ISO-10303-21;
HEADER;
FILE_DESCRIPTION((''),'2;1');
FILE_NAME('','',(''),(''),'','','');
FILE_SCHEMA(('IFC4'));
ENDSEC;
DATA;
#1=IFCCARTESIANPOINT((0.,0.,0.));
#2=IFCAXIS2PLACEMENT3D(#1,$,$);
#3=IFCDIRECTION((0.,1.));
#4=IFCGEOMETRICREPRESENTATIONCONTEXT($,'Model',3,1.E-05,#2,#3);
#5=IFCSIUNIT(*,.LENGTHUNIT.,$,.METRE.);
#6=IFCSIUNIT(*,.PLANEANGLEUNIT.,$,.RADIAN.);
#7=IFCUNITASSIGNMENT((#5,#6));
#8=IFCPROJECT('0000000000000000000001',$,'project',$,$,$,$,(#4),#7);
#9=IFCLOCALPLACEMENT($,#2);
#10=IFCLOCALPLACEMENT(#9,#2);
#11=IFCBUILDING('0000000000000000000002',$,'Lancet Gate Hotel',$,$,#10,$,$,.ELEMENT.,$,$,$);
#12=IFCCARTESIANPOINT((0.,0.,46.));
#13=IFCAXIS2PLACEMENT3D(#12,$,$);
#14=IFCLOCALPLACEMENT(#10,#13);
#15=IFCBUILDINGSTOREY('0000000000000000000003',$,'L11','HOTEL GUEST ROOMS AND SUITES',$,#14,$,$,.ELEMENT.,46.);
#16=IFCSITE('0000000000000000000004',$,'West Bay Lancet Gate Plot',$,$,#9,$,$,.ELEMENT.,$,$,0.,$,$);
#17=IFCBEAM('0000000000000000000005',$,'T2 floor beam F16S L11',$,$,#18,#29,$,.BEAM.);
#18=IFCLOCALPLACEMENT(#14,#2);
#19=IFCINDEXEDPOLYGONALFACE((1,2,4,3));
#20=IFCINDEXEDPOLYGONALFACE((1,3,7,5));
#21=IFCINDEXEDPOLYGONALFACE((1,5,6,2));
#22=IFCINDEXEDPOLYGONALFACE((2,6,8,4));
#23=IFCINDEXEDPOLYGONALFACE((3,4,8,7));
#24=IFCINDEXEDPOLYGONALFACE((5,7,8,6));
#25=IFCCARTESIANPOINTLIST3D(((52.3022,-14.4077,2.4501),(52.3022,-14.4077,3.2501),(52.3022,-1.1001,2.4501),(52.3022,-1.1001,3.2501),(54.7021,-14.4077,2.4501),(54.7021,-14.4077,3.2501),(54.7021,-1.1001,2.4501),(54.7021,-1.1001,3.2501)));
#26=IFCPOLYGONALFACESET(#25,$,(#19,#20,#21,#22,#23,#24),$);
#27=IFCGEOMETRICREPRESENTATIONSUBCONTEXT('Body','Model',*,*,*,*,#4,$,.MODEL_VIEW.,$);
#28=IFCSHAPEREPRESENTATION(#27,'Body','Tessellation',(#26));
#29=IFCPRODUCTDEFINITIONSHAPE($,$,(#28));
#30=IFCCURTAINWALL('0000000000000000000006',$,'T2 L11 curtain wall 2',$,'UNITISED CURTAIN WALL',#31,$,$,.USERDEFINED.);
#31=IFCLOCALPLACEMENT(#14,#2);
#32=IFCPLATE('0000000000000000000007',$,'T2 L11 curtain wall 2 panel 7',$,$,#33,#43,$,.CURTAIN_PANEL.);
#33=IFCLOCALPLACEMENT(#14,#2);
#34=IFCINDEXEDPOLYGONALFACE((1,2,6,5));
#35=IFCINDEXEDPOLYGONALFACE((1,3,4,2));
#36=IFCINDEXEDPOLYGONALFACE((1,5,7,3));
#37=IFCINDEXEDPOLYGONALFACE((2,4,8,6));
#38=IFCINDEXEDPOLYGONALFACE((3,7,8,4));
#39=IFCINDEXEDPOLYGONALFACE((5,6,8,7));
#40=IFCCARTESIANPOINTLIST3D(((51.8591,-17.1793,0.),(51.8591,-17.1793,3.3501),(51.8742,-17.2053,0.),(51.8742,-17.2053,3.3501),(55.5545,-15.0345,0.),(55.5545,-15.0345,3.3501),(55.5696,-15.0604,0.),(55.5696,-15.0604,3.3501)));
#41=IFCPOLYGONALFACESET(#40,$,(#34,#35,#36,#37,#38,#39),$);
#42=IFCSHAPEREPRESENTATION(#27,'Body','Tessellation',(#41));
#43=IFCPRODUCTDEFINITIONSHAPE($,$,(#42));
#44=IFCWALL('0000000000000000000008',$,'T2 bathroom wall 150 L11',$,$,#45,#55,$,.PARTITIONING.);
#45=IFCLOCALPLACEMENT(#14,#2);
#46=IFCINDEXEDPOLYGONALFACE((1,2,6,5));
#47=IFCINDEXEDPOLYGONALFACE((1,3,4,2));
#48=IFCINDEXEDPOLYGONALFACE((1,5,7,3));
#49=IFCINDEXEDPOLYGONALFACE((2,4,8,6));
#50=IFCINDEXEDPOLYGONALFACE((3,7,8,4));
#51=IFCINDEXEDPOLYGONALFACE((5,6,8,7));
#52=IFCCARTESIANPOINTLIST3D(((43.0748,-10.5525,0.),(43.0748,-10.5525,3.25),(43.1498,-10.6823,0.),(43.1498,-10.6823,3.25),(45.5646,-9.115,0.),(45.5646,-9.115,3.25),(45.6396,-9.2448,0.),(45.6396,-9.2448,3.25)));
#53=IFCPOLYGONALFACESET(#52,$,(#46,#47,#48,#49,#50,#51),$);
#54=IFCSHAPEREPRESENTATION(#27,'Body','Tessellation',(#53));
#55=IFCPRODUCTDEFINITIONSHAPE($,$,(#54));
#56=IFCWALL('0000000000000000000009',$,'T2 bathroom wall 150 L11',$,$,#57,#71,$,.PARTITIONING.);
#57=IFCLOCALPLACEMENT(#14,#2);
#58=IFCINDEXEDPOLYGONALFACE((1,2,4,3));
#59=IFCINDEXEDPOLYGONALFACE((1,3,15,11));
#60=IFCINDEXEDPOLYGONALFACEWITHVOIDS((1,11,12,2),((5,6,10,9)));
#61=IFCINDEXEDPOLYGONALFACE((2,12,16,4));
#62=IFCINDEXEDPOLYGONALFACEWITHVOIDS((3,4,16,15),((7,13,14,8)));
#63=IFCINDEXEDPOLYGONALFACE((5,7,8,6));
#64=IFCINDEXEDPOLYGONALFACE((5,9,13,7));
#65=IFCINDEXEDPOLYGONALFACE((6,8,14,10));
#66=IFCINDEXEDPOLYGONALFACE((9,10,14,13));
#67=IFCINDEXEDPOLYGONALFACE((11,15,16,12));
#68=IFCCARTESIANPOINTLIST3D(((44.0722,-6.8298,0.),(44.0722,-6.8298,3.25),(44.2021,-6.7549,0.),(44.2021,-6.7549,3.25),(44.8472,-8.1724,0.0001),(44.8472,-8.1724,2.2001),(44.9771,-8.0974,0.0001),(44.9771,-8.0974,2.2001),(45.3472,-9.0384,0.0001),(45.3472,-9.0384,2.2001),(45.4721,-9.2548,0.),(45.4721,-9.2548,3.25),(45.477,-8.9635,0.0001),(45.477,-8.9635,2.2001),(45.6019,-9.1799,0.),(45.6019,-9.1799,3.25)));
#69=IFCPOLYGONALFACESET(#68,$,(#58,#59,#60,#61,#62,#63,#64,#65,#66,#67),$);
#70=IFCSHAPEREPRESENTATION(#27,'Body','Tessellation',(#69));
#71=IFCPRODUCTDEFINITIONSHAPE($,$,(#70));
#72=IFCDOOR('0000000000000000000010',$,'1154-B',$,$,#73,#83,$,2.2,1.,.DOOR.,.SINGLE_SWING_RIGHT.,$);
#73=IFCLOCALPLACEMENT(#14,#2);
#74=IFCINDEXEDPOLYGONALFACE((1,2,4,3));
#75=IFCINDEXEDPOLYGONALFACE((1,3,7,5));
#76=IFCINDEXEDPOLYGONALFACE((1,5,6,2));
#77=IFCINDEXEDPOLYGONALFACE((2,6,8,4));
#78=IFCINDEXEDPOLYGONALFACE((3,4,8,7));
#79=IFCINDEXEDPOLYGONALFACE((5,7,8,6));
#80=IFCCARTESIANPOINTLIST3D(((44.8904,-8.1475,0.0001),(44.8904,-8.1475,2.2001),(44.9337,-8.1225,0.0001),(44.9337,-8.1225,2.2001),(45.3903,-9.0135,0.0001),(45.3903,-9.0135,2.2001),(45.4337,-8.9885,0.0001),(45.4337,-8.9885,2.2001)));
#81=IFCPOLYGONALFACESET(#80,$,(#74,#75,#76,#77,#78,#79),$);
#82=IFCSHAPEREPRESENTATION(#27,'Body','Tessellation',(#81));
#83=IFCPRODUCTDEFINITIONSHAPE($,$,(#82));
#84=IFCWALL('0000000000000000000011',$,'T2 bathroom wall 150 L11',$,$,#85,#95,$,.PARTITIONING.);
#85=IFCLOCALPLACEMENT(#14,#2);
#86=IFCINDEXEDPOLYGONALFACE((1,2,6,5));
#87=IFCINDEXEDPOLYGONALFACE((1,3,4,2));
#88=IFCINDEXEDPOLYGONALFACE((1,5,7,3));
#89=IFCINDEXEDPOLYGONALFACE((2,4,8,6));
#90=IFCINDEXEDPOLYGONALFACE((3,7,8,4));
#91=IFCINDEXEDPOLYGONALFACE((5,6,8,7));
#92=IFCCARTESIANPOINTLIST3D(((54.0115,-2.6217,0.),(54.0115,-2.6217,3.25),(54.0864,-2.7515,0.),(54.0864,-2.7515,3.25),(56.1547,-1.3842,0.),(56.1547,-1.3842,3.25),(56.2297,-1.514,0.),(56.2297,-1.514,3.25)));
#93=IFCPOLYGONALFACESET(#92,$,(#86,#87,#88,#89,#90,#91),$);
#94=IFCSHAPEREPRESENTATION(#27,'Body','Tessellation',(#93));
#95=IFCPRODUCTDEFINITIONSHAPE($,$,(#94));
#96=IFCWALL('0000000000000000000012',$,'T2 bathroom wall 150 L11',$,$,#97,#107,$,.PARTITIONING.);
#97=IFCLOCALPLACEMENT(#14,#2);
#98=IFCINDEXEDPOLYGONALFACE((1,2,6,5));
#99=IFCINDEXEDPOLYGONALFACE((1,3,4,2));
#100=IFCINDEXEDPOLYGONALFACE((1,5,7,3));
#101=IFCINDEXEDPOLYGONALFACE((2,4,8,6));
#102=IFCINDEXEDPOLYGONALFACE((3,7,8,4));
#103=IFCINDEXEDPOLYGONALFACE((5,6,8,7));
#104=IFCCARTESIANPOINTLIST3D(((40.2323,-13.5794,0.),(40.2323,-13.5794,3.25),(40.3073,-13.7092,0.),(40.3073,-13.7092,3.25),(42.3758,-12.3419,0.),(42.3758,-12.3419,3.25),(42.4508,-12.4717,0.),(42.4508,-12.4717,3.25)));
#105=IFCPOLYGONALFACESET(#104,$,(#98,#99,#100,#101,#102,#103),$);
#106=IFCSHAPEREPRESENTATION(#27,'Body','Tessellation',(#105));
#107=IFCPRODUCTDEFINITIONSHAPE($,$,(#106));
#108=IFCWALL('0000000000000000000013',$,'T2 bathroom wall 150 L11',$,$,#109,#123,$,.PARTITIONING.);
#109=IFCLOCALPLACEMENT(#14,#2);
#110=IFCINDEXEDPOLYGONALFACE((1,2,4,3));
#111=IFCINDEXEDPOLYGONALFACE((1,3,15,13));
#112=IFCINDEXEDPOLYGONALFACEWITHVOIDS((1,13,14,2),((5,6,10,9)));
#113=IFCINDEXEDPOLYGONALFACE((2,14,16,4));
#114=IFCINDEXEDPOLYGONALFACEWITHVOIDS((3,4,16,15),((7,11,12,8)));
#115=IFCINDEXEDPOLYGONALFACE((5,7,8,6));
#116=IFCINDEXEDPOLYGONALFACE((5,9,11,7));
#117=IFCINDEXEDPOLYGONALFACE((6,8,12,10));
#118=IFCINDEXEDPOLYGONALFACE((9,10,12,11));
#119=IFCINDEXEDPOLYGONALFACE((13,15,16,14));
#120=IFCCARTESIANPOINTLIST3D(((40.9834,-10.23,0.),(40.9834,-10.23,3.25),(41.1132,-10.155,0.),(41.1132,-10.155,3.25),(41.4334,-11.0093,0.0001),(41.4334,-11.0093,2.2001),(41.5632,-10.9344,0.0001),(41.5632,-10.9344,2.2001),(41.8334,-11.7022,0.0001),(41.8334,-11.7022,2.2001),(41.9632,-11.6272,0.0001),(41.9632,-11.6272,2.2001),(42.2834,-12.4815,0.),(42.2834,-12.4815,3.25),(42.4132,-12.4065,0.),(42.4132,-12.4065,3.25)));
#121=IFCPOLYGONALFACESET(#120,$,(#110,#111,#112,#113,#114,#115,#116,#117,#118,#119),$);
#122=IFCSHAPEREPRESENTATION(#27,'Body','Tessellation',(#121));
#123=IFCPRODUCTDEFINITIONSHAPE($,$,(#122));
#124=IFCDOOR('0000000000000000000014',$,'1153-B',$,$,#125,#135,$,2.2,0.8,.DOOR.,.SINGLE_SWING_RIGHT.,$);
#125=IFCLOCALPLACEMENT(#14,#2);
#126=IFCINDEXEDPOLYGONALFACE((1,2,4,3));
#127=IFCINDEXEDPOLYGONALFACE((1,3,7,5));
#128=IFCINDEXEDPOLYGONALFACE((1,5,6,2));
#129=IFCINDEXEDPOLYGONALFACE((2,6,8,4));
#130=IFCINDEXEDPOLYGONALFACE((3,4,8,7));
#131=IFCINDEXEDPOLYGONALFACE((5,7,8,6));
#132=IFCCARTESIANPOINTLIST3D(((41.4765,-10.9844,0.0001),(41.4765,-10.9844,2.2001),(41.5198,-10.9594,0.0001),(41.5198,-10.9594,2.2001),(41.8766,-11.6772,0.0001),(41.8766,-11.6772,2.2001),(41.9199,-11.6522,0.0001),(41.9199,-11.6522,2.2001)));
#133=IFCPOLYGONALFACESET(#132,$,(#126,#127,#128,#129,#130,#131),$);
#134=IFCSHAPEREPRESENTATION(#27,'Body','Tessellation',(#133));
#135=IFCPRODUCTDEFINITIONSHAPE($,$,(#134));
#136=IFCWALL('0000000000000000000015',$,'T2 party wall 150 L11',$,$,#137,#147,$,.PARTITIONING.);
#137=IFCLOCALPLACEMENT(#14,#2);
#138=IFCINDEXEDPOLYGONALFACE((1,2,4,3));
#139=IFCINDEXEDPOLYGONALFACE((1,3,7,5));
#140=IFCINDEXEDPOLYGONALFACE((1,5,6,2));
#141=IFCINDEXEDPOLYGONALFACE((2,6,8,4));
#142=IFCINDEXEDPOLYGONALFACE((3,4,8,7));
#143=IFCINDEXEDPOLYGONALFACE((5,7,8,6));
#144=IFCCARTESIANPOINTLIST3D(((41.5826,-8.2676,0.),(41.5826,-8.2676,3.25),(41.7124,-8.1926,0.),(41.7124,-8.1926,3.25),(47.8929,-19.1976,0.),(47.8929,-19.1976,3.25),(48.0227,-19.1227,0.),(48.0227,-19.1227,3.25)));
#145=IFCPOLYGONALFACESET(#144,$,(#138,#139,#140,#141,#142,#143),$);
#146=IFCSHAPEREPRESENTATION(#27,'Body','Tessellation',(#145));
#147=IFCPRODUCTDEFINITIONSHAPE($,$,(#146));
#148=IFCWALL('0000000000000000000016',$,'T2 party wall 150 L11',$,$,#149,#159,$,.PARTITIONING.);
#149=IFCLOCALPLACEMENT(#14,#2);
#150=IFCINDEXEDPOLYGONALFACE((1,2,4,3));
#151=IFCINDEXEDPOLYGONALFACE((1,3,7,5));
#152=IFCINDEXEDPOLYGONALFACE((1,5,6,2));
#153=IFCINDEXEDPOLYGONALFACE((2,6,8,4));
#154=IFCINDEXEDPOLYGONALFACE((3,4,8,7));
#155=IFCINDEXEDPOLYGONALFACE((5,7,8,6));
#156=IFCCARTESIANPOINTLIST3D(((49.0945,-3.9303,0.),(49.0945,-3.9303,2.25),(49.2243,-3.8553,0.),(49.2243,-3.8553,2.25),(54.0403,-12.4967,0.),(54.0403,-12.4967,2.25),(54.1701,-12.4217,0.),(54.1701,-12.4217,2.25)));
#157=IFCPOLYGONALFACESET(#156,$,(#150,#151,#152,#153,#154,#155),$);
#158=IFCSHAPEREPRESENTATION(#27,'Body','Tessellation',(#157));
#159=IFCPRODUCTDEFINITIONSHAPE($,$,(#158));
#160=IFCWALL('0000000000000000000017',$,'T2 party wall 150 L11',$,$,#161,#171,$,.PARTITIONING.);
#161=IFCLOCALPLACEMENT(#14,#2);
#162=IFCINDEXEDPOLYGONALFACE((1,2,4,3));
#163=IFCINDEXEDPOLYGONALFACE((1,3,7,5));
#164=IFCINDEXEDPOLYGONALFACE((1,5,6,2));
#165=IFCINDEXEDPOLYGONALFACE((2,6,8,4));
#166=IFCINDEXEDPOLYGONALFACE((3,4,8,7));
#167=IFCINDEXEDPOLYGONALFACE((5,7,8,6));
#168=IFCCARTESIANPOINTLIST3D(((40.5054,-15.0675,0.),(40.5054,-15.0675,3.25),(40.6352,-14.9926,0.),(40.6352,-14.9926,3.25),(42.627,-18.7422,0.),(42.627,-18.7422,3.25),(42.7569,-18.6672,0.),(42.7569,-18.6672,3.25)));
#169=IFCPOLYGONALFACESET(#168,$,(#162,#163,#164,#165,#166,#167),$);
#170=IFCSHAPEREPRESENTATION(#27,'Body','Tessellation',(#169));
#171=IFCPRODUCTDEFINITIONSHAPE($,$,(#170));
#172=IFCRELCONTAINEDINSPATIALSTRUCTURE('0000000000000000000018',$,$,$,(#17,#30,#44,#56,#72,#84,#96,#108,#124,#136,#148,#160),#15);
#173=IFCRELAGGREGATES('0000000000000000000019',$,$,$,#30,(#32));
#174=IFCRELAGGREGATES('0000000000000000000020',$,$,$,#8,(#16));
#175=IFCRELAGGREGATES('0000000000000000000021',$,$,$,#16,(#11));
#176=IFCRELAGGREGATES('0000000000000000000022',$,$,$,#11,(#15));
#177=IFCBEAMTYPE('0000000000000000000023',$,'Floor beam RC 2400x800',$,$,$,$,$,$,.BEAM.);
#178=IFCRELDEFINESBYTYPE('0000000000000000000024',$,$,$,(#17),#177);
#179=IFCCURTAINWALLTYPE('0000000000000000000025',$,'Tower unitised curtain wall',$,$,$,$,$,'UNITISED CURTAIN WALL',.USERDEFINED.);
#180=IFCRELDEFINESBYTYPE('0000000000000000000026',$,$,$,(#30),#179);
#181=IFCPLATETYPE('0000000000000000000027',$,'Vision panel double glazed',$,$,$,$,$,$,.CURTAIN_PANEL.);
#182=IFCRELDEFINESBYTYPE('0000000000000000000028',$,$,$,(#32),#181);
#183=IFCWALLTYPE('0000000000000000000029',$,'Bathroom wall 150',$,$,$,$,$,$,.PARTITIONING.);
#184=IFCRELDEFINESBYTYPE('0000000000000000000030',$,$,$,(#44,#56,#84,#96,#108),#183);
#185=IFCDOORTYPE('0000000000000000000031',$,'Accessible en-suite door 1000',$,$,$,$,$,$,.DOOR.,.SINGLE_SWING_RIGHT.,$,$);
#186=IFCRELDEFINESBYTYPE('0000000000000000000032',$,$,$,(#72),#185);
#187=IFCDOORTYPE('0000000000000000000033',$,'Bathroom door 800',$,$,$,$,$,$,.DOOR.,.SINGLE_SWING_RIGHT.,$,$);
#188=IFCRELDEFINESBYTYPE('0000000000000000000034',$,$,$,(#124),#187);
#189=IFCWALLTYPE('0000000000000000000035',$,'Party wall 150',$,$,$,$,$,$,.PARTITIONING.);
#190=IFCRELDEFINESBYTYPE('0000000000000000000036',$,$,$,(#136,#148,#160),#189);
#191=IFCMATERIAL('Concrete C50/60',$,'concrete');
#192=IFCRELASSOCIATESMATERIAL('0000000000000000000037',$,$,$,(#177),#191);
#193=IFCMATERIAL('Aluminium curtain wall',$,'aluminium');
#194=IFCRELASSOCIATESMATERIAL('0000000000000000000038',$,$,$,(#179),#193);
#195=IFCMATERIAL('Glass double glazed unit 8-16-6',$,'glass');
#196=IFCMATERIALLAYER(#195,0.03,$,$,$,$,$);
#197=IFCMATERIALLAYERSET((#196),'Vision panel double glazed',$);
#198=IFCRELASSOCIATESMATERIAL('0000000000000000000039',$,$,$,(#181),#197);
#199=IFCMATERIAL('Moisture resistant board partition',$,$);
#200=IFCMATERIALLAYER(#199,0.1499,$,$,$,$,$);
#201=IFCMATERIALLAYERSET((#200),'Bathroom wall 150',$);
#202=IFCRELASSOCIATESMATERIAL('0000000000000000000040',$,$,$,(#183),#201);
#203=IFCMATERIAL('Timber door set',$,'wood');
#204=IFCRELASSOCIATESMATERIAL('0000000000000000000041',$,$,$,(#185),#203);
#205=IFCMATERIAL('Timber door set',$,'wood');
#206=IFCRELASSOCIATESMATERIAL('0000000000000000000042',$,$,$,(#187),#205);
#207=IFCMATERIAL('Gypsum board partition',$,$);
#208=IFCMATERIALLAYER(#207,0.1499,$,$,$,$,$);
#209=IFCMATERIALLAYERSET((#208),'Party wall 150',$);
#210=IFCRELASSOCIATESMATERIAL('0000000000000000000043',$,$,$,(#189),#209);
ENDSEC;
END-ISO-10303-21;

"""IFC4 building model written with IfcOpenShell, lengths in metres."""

from ifc_helpers import new_model, si_unit, direction, frame, frame_2d, origin, origin_2d, place, context, subcontext, project, spatial, rectangle, extrude, material, layer, layer_set, material_profile, profile_set, type_object, element, fill, aggregate, save


model = new_model("IFC4")

# Units and contexts
model_context = context("Model", 3, precision=1e-05, world=origin(), true_north=direction((0.0, 1.0)))
body_context = subcontext(model_context, "Body", "Model", "MODEL_VIEW")
ifc_project = project(units=[si_unit("LENGTHUNIT", "METRE"), si_unit("PLANEANGLEUNIT", "RADIAN")], contexts=[model_context])

# Site, building, storey
site_placement = place(None, origin())
site = spatial("IfcSite", under=ifc_project, at=site_placement, Name="West Bay Lancet Gate Plot", CompositionType="ELEMENT", RefElevation=0.0)
building_placement = place(site_placement, origin())
building = spatial("IfcBuilding", under=site, at=building_placement, Name="Lancet Gate Hotel", CompositionType="ELEMENT")
storey_placement = place(building_placement, frame((0.0, 0.0, 46.0)))
storey = spatial("IfcBuildingStorey", under=building, at=storey_placement, Name="L11", Description="HOTEL GUEST ROOMS AND SUITES", CompositionType="ELEMENT", Elevation=46.0)

# Beam
ifc_material_1 = material(Name="Concrete C50/60", Category="concrete")
ifc_material_profile = material_profile(ifc_material_1, rectangle(XDim=2.3999, YDim=0.8, at=origin_2d()), Name="RC 2400x800")
ifc_profile_set = profile_set([ifc_material_profile], Name="Concrete C50/60")
beam_type = type_object("IfcBeamType", Name="Floor beam RC 2400x800", PredefinedType="BEAM", material=ifc_profile_set)
beam_placement = place(storey_placement, frame((53.5022, -14.4077, 2.8501), z_axis=(0.0, 1.0, 0.0), x_axis=(-1.0, 0.0, 0.0)))
element("IfcBeam", 1, at=beam_placement, inside=storey, type_object=beam_type, Name="T2 floor beam F16S L11", PredefinedType="BEAM", context=body_context, shape_type="SweptSolid", body=[
    extrude(rectangle(XDim=2.3999, YDim=0.8, at=origin_2d()), origin(), (0.0, 0.0, 1.0), 13.3076),
])

# Curtain wall, plate
ifc_material_2 = material(Name="Aluminium curtain wall", Category="aluminium")
curtain_wall_type = type_object("IfcCurtainWallType", Name="Tower unitised curtain wall", ElementType="UNITISED CURTAIN WALL", PredefinedType="USERDEFINED", material=ifc_material_2)
curtain_wall_placement = place(storey_placement, origin())
curtain_wall = element("IfcCurtainWall", 2, at=curtain_wall_placement, inside=storey, type_object=curtain_wall_type, Name="T2 L11 curtain wall 2", ObjectType="UNITISED CURTAIN WALL", PredefinedType="USERDEFINED")
ifc_material_3 = material(Name="Glass double glazed unit 8-16-6", Category="glass")
ifc_layer_1 = layer(ifc_material_3, 0.03)
ifc_layer_set_1 = layer_set([ifc_layer_1], Name="Vision panel double glazed")
plate_type = type_object("IfcPlateType", Name="Vision panel double glazed", PredefinedType="CURTAIN_PANEL", material=ifc_layer_set_1)
plate_placement = place(storey_placement, frame((53.7144, -16.1199, 0.0), z_axis=(0.0, 0.0, 1.0), x_axis=(0.864872, 0.501993, 0.0)))
plate = element("IfcPlate", 3, at=plate_placement, type_object=plate_type, Name="T2 L11 curtain wall 2 panel 7", PredefinedType="CURTAIN_PANEL", context=body_context, shape_type="SweptSolid", body=[
    extrude(rectangle(XDim=4.2727, YDim=0.03, at=origin_2d()), origin(), (0.0, 0.0, 1.0), 3.3501),
])
aggregate(curtain_wall, [plate])

# Wall
ifc_material_4 = material(Name="Moisture resistant board partition")
ifc_layer_2 = layer(ifc_material_4, 0.1499)
ifc_layer_set_2 = layer_set([ifc_layer_2], Name="Bathroom wall 150")
wall_type_1 = type_object("IfcWallType", Name="Bathroom wall 150", PredefinedType="PARTITIONING", material=ifc_layer_set_2)
wall_1_placement = place(storey_placement, frame((43.1123, -10.6174, 0.0), z_axis=(0.0, 0.0, 1.0), x_axis=(0.866019, 0.500012, 0.0)))
element("IfcWall", 4, at=wall_1_placement, inside=storey, type_object=wall_type_1, Name="T2 bathroom wall 150 L11", PredefinedType="PARTITIONING", context=body_context, shape_type="SweptSolid", body=[
    extrude(rectangle(XDim=2.875, YDim=0.1499, at=frame_2d((1.4375, 0.0))), origin(), (0.0, 0.0, 1.0), 3.25),
])

# Wall, opening, door
wall_2_placement = place(storey_placement, frame((44.1372, -6.7925, 0.0), z_axis=(0.0, 0.0, 1.0), x_axis=(0.499946, -0.866056, 0.0)))
wall_2 = element("IfcWall", 5, at=wall_2_placement, inside=storey, type_object=wall_type_1, Name="T2 bathroom wall 150 L11", PredefinedType="PARTITIONING", context=body_context, shape_type="SweptSolid", body=[
    extrude(rectangle(XDim=2.8, YDim=0.1499, at=frame_2d((1.3999, 0.0))), origin(), (0.0, 0.0, 1.0), 3.25),
])
opening_1_placement = place(wall_2_placement, frame((1.55, 0.0, 0.0)))
opening_1 = element("IfcOpeningElement", 6, at=opening_1_placement, cuts=wall_2, PredefinedType="OPENING", context=body_context, shape_type="SweptSolid", body=[
    extrude(rectangle(XDim=1.0, YDim=2.2, at=frame_2d((0.5, 1.1001))), frame((0.0, 0.085, 0.0), z_axis=(0.0, -1.0, 0.0), x_axis=(1.0, 0.0, 0.0)), (0.0, 0.0, 1.0), 0.1699),
])
ifc_material_5 = material(Name="Timber door set", Category="wood")
door_type_1 = type_object("IfcDoorType", Name="Accessible en-suite door 1000", OperationType="SINGLE_SWING_RIGHT", PredefinedType="DOOR", material=ifc_material_5)
door_1_placement = place(opening_1_placement, origin())
door_1 = element("IfcDoor", 7, at=door_1_placement, inside=storey, type_object=door_type_1, Name="1154-B", OperationType="SINGLE_SWING_RIGHT", OverallHeight=2.2, OverallWidth=1.0, PredefinedType="DOOR", context=body_context, shape_type="SweptSolid", body=[
    extrude(rectangle(XDim=1.0, YDim=2.2, at=frame_2d((0.5, 1.1001))), frame((0.0, 0.0249, 0.0), z_axis=(0.0, -1.0, 0.0), x_axis=(1.0, 0.0, 0.0)), (0.0, 0.0, 1.0), 0.05),
])
fill(opening_1, door_1)

# Walls
wall_3_placement = place(storey_placement, frame((54.0491, -2.6865, 0.0), z_axis=(0.0, 0.0, 1.0), x_axis=(0.866007, 0.500033, 0.0)))
element("IfcWall", 8, at=wall_3_placement, inside=storey, type_object=wall_type_1, Name="T2 bathroom wall 150 L11", PredefinedType="PARTITIONING", context=body_context, shape_type="SweptSolid", body=[
    extrude(rectangle(XDim=2.4749, YDim=0.1499, at=frame_2d((1.2373, 0.0))), origin(), (0.0, 0.0, 1.0), 3.25),
])
wall_4_placement = place(storey_placement, frame((40.2698, -13.6443, 0.0), z_axis=(0.0, 0.0, 1.0), x_axis=(0.866031, 0.49999, 0.0)))
element("IfcWall", 9, at=wall_4_placement, inside=storey, type_object=wall_type_1, Name="T2 bathroom wall 150 L11", PredefinedType="PARTITIONING", context=body_context, shape_type="SweptSolid", body=[
    extrude(rectangle(XDim=2.4751, YDim=0.1499, at=frame_2d((1.2375, 0.0))), origin(), (0.0, 0.0, 1.0), 3.25),
])

# Wall, opening, door
wall_5_placement = place(storey_placement, frame((41.0483, -10.1926, 0.0), z_axis=(0.0, 0.0, 1.0), x_axis=(0.500048, -0.865998, 0.0)))
wall_5 = element("IfcWall", 10, at=wall_5_placement, inside=storey, type_object=wall_type_1, Name="T2 bathroom wall 150 L11", PredefinedType="PARTITIONING", context=body_context, shape_type="SweptSolid", body=[
    extrude(rectangle(XDim=2.5999, YDim=0.1499, at=frame_2d((1.2998, 0.0))), origin(), (0.0, 0.0, 1.0), 3.25),
])
opening_2_placement = place(wall_5_placement, frame((0.8999, 0.0, 0.0)))
opening_2 = element("IfcOpeningElement", 11, at=opening_2_placement, cuts=wall_5, PredefinedType="OPENING", context=body_context, shape_type="SweptSolid", body=[
    extrude(rectangle(XDim=0.8, YDim=2.2, at=frame_2d((0.3999, 1.1001))), frame((0.0, 0.085, 0.0), z_axis=(0.0, -1.0, 0.0), x_axis=(1.0, 0.0, 0.0)), (0.0, 0.0, 1.0), 0.1699),
])
ifc_material_6 = material(Name="Timber door set", Category="wood")
door_type_2 = type_object("IfcDoorType", Name="Bathroom door 800", OperationType="SINGLE_SWING_RIGHT", PredefinedType="DOOR", material=ifc_material_6)
door_2_placement = place(opening_2_placement, origin())
door_2 = element("IfcDoor", 12, at=door_2_placement, inside=storey, type_object=door_type_2, Name="1153-B", OperationType="SINGLE_SWING_RIGHT", OverallHeight=2.2, OverallWidth=0.8, PredefinedType="DOOR", context=body_context, shape_type="SweptSolid", body=[
    extrude(rectangle(XDim=0.8, YDim=2.2, at=frame_2d((0.3999, 1.1001))), frame((0.0, 0.0249, 0.0), z_axis=(0.0, -1.0, 0.0), x_axis=(1.0, 0.0, 0.0)), (0.0, 0.0, 1.0), 0.05),
])
fill(opening_2, door_2)

# Walls
ifc_material_7 = material(Name="Gypsum board partition")
ifc_layer_3 = layer(ifc_material_7, 0.1499)
ifc_layer_set_3 = layer_set([ifc_layer_3], Name="Party wall 150")
wall_type_2 = type_object("IfcWallType", Name="Party wall 150", PredefinedType="PARTITIONING", material=ifc_layer_set_3)
wall_6_placement = place(storey_placement, frame((41.6475, -8.23, 0.0), z_axis=(0.0, 0.0, 1.0), x_axis=(0.499986, -0.866034, 0.0)))
element("IfcWall", 13, at=wall_6_placement, inside=storey, type_object=wall_type_2, Name="T2 party wall 150 L11", PredefinedType="PARTITIONING", context=body_context, shape_type="SweptSolid", body=[
    extrude(rectangle(XDim=12.6208, YDim=0.1499, at=frame_2d((6.3105, 0.0))), origin(), (0.0, 0.0, 1.0), 3.25),
])
wall_7_placement = place(storey_placement, frame((49.1594, -3.8928, 0.0), z_axis=(0.0, 0.0, 1.0), x_axis=(0.499999, -0.866026, 0.0)))
element("IfcWall", 14, at=wall_7_placement, inside=storey, type_object=wall_type_2, Name="T2 party wall 150 L11", PredefinedType="PARTITIONING", context=body_context, shape_type="SweptSolid", body=[
    extrude(rectangle(XDim=9.8916, YDim=0.1499, at=frame_2d((4.9458, 0.0))), origin(), (0.0, 0.0, 1.0), 2.25),
])
wall_8_placement = place(storey_placement, frame((40.5703, -15.03, 0.0), z_axis=(0.0, 0.0, 1.0), x_axis=(0.500013, -0.866018, 0.0)))
element("IfcWall", 15, at=wall_8_placement, inside=storey, type_object=wall_type_2, Name="T2 party wall 150 L11", PredefinedType="PARTITIONING", context=body_context, shape_type="SweptSolid", body=[
    extrude(rectangle(XDim=4.2432, YDim=0.1499, at=frame_2d((2.1216, 0.0))), origin(), (0.0, 0.0, 1.0), 3.25),
])

save(model, "model.ifc")
